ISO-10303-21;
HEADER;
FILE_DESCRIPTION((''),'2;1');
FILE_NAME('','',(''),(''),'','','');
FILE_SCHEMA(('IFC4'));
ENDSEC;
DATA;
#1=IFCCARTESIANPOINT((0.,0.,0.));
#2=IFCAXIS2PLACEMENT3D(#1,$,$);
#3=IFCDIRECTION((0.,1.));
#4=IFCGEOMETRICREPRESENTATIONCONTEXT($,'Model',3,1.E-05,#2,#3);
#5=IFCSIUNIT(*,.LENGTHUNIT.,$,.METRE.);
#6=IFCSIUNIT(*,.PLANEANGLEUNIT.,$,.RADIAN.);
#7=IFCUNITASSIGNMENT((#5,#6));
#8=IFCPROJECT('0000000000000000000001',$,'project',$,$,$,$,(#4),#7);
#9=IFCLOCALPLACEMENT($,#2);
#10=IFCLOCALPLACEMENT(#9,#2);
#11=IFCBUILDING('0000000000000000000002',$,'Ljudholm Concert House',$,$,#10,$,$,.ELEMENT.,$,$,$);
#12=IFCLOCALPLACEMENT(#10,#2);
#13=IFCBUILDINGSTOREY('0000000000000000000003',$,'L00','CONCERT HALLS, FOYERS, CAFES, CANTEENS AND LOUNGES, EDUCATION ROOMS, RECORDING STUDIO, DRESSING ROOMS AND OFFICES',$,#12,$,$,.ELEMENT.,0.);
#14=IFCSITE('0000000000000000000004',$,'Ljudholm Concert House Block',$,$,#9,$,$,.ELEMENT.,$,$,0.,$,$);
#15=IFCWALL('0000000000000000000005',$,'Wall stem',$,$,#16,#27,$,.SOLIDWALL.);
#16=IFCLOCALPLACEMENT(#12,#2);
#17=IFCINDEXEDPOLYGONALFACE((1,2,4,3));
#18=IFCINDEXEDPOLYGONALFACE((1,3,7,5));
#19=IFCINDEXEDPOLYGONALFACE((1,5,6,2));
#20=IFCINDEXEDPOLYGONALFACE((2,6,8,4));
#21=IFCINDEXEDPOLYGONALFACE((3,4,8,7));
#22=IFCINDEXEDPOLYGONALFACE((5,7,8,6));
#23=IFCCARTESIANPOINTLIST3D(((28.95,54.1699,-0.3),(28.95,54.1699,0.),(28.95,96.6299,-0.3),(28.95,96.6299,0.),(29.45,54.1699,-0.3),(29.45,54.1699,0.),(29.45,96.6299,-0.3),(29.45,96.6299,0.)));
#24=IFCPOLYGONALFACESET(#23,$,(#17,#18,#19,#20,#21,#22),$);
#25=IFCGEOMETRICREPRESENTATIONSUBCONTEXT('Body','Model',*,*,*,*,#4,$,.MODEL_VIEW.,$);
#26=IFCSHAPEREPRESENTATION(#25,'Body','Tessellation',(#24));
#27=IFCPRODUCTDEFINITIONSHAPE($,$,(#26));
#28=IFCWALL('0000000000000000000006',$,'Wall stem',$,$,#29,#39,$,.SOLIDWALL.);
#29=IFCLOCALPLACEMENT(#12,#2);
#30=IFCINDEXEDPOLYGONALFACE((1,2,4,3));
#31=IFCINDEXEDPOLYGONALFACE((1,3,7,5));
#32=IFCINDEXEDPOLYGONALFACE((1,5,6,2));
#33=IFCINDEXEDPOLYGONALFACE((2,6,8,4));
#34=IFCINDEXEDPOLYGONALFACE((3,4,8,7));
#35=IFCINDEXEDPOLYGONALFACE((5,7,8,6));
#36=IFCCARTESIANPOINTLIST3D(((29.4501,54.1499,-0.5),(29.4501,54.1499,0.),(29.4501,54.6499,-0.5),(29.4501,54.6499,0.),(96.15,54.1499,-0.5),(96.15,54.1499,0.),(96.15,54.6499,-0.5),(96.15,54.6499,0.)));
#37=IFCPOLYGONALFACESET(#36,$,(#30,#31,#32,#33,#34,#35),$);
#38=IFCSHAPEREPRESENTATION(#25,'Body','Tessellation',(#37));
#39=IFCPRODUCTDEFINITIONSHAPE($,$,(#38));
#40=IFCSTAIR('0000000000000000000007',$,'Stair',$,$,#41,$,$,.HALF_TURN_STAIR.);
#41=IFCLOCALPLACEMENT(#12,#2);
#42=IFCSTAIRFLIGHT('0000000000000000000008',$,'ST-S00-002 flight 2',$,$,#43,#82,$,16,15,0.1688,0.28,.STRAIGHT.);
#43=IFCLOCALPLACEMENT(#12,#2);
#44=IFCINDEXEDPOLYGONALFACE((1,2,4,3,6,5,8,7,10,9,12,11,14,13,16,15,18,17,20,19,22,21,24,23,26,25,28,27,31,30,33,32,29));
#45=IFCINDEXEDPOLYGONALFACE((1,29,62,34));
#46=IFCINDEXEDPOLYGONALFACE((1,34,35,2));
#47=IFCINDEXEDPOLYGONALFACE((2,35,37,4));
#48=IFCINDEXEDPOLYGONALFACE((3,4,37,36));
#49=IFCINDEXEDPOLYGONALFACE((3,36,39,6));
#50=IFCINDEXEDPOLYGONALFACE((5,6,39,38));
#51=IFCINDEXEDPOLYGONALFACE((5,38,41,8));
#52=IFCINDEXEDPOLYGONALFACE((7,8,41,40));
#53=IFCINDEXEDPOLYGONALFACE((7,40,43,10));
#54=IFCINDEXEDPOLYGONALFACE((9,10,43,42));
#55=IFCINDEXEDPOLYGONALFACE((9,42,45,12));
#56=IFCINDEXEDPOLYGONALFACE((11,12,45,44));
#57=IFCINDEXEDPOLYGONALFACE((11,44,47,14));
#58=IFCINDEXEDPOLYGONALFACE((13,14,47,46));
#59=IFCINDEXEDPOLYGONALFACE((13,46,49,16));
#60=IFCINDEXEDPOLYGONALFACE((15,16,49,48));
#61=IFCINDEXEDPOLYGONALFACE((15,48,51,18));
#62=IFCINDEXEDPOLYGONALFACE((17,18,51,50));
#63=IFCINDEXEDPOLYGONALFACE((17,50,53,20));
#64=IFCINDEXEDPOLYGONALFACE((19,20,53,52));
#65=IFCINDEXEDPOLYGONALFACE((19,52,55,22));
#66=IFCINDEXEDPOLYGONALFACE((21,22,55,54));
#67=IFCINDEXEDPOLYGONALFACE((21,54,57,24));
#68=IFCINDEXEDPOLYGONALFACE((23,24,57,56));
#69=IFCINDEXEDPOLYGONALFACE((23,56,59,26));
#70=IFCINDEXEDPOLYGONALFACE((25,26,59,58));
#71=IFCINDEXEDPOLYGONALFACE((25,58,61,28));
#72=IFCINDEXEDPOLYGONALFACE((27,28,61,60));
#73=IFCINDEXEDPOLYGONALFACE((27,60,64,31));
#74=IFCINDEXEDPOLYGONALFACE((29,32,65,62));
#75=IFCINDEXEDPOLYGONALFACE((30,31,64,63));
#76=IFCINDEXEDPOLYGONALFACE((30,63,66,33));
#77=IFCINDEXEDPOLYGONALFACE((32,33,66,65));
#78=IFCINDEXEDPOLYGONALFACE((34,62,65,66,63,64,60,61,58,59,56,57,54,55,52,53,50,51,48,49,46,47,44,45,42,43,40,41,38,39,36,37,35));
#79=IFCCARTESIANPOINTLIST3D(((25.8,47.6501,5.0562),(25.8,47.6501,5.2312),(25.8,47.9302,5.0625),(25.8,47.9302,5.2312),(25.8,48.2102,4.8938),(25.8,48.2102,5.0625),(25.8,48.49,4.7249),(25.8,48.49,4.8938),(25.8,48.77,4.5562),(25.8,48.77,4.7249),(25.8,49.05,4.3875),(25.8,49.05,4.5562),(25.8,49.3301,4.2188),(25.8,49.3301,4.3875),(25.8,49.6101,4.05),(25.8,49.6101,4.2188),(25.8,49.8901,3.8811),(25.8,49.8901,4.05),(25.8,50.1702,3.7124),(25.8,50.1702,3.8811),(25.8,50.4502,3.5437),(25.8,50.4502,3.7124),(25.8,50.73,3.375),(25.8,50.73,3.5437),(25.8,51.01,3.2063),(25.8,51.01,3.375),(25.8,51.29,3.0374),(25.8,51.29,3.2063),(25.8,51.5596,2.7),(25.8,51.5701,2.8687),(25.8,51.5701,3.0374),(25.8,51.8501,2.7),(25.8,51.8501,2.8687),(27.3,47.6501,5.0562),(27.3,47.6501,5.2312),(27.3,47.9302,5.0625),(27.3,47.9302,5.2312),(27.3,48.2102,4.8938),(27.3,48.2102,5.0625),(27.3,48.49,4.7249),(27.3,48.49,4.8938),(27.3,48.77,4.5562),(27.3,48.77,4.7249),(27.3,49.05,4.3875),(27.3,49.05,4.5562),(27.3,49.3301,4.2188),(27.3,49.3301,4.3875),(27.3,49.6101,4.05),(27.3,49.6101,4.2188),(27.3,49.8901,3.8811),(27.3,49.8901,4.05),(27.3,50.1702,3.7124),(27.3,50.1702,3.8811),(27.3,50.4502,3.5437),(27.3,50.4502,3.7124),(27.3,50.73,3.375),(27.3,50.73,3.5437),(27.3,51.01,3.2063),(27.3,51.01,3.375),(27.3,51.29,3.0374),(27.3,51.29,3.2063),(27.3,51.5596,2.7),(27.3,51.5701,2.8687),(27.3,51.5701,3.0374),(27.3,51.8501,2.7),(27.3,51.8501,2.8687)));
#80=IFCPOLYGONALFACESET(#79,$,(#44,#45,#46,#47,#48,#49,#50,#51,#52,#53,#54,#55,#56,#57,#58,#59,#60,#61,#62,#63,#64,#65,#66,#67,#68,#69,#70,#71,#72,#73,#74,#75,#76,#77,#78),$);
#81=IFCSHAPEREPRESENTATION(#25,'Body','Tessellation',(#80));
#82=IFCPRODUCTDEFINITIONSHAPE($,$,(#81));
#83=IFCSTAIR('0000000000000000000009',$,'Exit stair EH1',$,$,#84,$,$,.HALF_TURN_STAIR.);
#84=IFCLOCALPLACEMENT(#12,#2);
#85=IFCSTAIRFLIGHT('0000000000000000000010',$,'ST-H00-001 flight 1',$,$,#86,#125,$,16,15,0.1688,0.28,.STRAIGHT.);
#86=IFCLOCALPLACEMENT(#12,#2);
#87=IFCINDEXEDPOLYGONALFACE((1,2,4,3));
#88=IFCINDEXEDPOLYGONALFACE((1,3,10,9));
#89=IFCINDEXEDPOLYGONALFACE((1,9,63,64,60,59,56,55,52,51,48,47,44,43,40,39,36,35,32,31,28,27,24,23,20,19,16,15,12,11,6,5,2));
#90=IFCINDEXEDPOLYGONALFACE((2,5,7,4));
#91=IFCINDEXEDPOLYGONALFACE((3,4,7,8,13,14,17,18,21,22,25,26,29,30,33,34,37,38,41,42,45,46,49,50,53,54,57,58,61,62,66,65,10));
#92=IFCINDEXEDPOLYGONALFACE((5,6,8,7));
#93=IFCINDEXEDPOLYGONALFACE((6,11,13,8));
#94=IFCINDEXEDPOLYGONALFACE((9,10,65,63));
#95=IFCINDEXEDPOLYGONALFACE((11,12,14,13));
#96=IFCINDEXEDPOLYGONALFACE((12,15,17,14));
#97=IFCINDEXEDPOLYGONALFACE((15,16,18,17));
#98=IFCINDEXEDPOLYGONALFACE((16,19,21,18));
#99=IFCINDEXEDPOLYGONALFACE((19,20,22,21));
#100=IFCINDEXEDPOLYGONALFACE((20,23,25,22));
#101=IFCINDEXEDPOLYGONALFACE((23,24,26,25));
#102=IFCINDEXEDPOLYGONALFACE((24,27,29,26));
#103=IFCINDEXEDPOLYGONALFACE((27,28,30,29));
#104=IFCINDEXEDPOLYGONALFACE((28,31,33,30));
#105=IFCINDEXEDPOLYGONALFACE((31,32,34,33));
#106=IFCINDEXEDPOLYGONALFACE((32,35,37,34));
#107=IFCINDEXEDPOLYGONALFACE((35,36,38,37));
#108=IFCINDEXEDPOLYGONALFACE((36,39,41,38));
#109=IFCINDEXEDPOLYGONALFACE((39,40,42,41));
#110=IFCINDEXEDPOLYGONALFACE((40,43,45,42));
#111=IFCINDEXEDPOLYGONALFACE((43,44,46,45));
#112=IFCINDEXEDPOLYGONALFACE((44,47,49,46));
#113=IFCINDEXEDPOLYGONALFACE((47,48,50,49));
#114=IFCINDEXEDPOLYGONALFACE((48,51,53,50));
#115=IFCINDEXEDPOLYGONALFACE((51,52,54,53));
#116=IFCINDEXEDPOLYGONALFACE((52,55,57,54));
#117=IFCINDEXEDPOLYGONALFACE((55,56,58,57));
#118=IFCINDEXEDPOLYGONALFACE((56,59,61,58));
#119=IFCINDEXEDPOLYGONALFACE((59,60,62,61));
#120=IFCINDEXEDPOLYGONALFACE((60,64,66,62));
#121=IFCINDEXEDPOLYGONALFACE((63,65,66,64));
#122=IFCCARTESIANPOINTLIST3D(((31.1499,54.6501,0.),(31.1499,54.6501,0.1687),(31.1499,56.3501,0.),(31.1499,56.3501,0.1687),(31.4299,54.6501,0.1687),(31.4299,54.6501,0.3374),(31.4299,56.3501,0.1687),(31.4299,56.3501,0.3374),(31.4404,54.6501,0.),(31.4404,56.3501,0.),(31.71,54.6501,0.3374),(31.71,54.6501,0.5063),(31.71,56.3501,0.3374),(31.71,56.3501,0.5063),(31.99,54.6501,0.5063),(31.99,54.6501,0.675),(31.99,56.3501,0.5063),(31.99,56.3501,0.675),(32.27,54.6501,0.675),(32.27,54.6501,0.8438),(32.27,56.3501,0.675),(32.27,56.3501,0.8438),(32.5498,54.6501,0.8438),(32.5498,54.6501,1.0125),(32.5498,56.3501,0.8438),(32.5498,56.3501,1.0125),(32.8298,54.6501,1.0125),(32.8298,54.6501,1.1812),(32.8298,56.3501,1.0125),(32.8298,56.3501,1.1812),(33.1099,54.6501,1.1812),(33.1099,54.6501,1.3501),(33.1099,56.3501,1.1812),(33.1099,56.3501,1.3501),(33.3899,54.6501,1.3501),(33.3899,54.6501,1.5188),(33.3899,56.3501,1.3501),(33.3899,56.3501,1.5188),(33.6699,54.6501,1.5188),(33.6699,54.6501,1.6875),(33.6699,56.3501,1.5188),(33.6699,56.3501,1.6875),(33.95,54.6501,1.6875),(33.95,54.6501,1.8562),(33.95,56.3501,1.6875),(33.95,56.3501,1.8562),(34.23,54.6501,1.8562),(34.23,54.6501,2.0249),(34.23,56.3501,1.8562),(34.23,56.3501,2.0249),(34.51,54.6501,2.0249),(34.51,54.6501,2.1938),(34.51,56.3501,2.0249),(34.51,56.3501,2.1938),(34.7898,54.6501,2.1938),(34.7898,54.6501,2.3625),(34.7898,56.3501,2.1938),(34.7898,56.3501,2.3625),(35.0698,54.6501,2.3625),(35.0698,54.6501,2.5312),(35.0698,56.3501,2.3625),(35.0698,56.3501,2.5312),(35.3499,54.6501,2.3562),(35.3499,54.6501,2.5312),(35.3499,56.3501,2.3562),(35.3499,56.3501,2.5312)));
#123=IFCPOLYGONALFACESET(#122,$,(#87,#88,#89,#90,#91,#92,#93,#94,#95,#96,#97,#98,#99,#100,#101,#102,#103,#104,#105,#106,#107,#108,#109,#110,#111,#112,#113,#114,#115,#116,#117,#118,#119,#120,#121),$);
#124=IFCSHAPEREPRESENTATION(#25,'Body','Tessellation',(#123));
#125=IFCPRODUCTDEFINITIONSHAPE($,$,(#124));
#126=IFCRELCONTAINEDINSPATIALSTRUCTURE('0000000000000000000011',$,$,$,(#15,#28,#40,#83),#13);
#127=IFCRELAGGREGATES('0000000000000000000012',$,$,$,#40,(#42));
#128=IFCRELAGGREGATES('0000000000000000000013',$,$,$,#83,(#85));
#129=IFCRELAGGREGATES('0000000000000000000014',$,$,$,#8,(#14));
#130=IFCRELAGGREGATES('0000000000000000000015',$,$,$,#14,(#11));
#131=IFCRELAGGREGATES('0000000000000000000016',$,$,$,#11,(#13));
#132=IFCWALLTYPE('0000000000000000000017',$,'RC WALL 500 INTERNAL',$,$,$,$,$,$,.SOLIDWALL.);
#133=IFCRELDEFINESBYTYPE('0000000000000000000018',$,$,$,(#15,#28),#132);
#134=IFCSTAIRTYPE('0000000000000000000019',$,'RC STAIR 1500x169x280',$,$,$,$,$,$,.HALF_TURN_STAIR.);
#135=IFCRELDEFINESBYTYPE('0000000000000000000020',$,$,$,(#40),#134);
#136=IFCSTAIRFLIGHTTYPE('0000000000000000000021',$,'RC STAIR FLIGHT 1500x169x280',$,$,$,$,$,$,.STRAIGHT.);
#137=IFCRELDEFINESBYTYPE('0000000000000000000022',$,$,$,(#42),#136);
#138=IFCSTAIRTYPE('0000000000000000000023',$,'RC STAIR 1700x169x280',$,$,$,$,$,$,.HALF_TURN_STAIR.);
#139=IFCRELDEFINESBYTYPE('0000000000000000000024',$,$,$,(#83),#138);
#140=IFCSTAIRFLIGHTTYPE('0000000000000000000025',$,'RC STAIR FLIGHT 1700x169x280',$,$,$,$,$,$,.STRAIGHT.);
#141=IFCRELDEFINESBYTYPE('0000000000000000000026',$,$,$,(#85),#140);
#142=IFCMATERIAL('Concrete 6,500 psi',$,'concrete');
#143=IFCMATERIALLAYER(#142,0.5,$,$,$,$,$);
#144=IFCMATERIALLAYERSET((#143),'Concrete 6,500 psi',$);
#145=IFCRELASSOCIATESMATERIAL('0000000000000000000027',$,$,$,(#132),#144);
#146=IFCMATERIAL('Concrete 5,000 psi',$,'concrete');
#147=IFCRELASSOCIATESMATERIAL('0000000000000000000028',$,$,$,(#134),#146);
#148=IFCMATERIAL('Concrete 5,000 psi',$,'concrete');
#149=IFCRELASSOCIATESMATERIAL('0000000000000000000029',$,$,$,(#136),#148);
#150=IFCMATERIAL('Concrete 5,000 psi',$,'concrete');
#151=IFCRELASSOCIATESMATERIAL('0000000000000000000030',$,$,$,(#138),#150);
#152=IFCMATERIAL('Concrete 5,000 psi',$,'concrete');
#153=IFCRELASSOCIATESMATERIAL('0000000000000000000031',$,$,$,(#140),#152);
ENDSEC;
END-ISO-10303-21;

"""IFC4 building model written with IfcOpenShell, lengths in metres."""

from ifc_helpers import new_model, si_unit, direction, frame, frame_2d, origin, place, context, subcontext, project, spatial, polyline, rectangle, outline, extrude, material, layer, layer_set, type_object, element, aggregate, save


model = new_model("IFC4")

# Units and contexts
model_context = context("Model", 3, precision=1e-05, world=origin(), true_north=direction((0.0, 1.0)))
body_context = subcontext(model_context, "Body", "Model", "MODEL_VIEW")
ifc_project = project(units=[si_unit("LENGTHUNIT", "METRE"), si_unit("PLANEANGLEUNIT", "RADIAN")], contexts=[model_context])

# Site, building, storey
site_placement = place(None, origin())
site = spatial("IfcSite", under=ifc_project, at=site_placement, Name="Ljudholm Concert House Block", CompositionType="ELEMENT", RefElevation=0.0)
building_placement = place(site_placement, origin())
building = spatial("IfcBuilding", under=site, at=building_placement, Name="Ljudholm Concert House", CompositionType="ELEMENT")
storey_placement = place(building_placement, origin())
storey = spatial("IfcBuildingStorey", under=building, at=storey_placement, Name="L00", Description="CONCERT HALLS, FOYERS, CAFES, CANTEENS AND LOUNGES, EDUCATION ROOMS, RECORDING STUDIO, DRESSING ROOMS AND OFFICES", CompositionType="ELEMENT", Elevation=0.0)

# Walls
ifc_material_1 = material(Name="Concrete 6,500 psi", Category="concrete")
ifc_layer_1 = layer(ifc_material_1, 0.5)
ifc_layer_set_1 = layer_set([ifc_layer_1], Name="Concrete 6,500 psi")
wall_type_1 = type_object("IfcWallType", Name="RC WALL 500 INTERNAL", PredefinedType="SOLIDWALL", material=ifc_layer_set_1)
wall_1_placement = place(storey_placement, frame((29.2, 54.1699, -0.3), z_axis=(0.0, 0.0, 1.0), x_axis=(0.0, 1.0, 0.0)))
element("IfcWall", 1, at=wall_1_placement, inside=storey, type_object=wall_type_1, Name="Wall stem", PredefinedType="SOLIDWALL", context=body_context, shape_type="SweptSolid", body=[
    extrude(rectangle(XDim=42.46, YDim=0.5, at=frame_2d((21.23, 0.0))), origin(), (0.0, 0.0, 1.0), 0.3),
])
wall_2_placement = place(storey_placement, frame((29.45, 54.3999, -0.5), z_axis=(0.0, 0.0, 1.0), x_axis=(1.0, 0.0, 0.0)))
element("IfcWall", 2, at=wall_2_placement, inside=storey, type_object=wall_type_1, Name="Wall stem", PredefinedType="SOLIDWALL", context=body_context, shape_type="SweptSolid", body=[
    extrude(rectangle(XDim=66.7, YDim=0.5, at=frame_2d((33.3501, 0.0))), origin(), (0.0, 0.0, 1.0), 0.5),
])

# Stairs, stair flights
ifc_material_2 = material(Name="Concrete 5,000 psi", Category="concrete")
stair_type_1 = type_object("IfcStairType", Name="RC STAIR 1500x169x280", PredefinedType="HALF_TURN_STAIR", material=ifc_material_2)
stair_1_placement = place(storey_placement, origin())
stair_1 = element("IfcStair", 3, at=stair_1_placement, inside=storey, type_object=stair_type_1, Name="Stair", PredefinedType="HALF_TURN_STAIR")
ifc_material_3 = material(Name="Concrete 5,000 psi", Category="concrete")
stair_flight_type_1 = type_object("IfcStairFlightType", Name="RC STAIR FLIGHT 1500x169x280", PredefinedType="STRAIGHT", material=ifc_material_3)
stair_flight_1_placement = place(storey_placement, frame((26.55, 51.8501, 2.7), z_axis=(0.0, 0.0, 1.0), x_axis=(0.0, -1.0, 0.0)))
stair_flight_1 = element("IfcStairFlight", 4, at=stair_flight_1_placement, type_object=stair_flight_type_1, Name="ST-S00-002 flight 2", NumberOfRisers=16, NumberOfTreads=15, PredefinedType="STRAIGHT", RiserHeight=0.1688, TreadLength=0.28, context=body_context, shape_type="SweptSolid", body=[
    extrude(outline(polyline([(0.0, 0.0), (0.0, 0.1687), (0.28, 0.1687), (0.28, 0.3374), (0.5601, 0.3374), (0.5601, 0.5063), (0.8401, 0.5063), (0.8401, 0.675), (1.1201, 0.675), (1.1201, 0.8438), (1.3999, 0.8438), (1.3999, 1.0125), (1.6799, 1.0125), (1.6799, 1.1812), (1.96, 1.1812), (1.96, 1.3501), (2.24, 1.3501), (2.24, 1.5188), (2.52, 1.5188), (2.52, 1.6875), (2.8, 1.6875), (2.8, 1.8562), (3.0801, 1.8562), (3.0801, 2.0249), (3.3601, 2.0249), (3.3601, 2.1938), (3.6399, 2.1938), (3.6399, 2.3625), (3.9199, 2.3625), (3.9199, 2.5312), (4.2, 2.5312), (4.2, 2.7), (4.2, 2.3562), (0.2905, 0.0), (0.0, 0.0)])), frame((0.0, 0.75, 0.0), z_axis=(0.0, -1.0, 0.0), x_axis=(1.0, 0.0, 0.0)), (0.0, 0.0, 1.0), 1.5),
])
aggregate(stair_1, [stair_flight_1])
ifc_material_4 = material(Name="Concrete 5,000 psi", Category="concrete")
stair_type_2 = type_object("IfcStairType", Name="RC STAIR 1700x169x280", PredefinedType="HALF_TURN_STAIR", material=ifc_material_4)
stair_2_placement = place(storey_placement, origin())
stair_2 = element("IfcStair", 5, at=stair_2_placement, inside=storey, type_object=stair_type_2, Name="Exit stair EH1", PredefinedType="HALF_TURN_STAIR")
ifc_material_5 = material(Name="Concrete 5,000 psi", Category="concrete")
stair_flight_type_2 = type_object("IfcStairFlightType", Name="RC STAIR FLIGHT 1700x169x280", PredefinedType="STRAIGHT", material=ifc_material_5)
stair_flight_2_placement = place(storey_placement, frame((31.1499, 55.5, 0.0), z_axis=(0.0, 0.0, 1.0), x_axis=(1.0, 0.0, 0.0)))
stair_flight_2 = element("IfcStairFlight", 6, at=stair_flight_2_placement, type_object=stair_flight_type_2, Name="ST-H00-001 flight 1", NumberOfRisers=16, NumberOfTreads=15, PredefinedType="STRAIGHT", RiserHeight=0.1688, TreadLength=0.28, context=body_context, shape_type="SweptSolid", body=[
    extrude(outline(polyline([(0.0, 0.0), (0.0, 0.1687), (0.28, 0.1687), (0.28, 0.3374), (0.5601, 0.3374), (0.5601, 0.5063), (0.8401, 0.5063), (0.8401, 0.675), (1.1201, 0.675), (1.1201, 0.8438), (1.3999, 0.8438), (1.3999, 1.0125), (1.6799, 1.0125), (1.6799, 1.1812), (1.96, 1.1812), (1.96, 1.3501), (2.24, 1.3501), (2.24, 1.5188), (2.52, 1.5188), (2.52, 1.6875), (2.8, 1.6875), (2.8, 1.8562), (3.0801, 1.8562), (3.0801, 2.0249), (3.3601, 2.0249), (3.3601, 2.1938), (3.6399, 2.1938), (3.6399, 2.3625), (3.9199, 2.3625), (3.9199, 2.5312), (4.2, 2.5312), (4.2, 2.7), (4.2, 2.3562), (0.2905, 0.0), (0.0, 0.0)])), frame((0.0, 0.8501, 0.0), z_axis=(0.0, -1.0, 0.0), x_axis=(1.0, 0.0, 0.0)), (0.0, 0.0, 1.0), 1.7),
])
aggregate(stair_2, [stair_flight_2])

save(model, "model.ifc")
